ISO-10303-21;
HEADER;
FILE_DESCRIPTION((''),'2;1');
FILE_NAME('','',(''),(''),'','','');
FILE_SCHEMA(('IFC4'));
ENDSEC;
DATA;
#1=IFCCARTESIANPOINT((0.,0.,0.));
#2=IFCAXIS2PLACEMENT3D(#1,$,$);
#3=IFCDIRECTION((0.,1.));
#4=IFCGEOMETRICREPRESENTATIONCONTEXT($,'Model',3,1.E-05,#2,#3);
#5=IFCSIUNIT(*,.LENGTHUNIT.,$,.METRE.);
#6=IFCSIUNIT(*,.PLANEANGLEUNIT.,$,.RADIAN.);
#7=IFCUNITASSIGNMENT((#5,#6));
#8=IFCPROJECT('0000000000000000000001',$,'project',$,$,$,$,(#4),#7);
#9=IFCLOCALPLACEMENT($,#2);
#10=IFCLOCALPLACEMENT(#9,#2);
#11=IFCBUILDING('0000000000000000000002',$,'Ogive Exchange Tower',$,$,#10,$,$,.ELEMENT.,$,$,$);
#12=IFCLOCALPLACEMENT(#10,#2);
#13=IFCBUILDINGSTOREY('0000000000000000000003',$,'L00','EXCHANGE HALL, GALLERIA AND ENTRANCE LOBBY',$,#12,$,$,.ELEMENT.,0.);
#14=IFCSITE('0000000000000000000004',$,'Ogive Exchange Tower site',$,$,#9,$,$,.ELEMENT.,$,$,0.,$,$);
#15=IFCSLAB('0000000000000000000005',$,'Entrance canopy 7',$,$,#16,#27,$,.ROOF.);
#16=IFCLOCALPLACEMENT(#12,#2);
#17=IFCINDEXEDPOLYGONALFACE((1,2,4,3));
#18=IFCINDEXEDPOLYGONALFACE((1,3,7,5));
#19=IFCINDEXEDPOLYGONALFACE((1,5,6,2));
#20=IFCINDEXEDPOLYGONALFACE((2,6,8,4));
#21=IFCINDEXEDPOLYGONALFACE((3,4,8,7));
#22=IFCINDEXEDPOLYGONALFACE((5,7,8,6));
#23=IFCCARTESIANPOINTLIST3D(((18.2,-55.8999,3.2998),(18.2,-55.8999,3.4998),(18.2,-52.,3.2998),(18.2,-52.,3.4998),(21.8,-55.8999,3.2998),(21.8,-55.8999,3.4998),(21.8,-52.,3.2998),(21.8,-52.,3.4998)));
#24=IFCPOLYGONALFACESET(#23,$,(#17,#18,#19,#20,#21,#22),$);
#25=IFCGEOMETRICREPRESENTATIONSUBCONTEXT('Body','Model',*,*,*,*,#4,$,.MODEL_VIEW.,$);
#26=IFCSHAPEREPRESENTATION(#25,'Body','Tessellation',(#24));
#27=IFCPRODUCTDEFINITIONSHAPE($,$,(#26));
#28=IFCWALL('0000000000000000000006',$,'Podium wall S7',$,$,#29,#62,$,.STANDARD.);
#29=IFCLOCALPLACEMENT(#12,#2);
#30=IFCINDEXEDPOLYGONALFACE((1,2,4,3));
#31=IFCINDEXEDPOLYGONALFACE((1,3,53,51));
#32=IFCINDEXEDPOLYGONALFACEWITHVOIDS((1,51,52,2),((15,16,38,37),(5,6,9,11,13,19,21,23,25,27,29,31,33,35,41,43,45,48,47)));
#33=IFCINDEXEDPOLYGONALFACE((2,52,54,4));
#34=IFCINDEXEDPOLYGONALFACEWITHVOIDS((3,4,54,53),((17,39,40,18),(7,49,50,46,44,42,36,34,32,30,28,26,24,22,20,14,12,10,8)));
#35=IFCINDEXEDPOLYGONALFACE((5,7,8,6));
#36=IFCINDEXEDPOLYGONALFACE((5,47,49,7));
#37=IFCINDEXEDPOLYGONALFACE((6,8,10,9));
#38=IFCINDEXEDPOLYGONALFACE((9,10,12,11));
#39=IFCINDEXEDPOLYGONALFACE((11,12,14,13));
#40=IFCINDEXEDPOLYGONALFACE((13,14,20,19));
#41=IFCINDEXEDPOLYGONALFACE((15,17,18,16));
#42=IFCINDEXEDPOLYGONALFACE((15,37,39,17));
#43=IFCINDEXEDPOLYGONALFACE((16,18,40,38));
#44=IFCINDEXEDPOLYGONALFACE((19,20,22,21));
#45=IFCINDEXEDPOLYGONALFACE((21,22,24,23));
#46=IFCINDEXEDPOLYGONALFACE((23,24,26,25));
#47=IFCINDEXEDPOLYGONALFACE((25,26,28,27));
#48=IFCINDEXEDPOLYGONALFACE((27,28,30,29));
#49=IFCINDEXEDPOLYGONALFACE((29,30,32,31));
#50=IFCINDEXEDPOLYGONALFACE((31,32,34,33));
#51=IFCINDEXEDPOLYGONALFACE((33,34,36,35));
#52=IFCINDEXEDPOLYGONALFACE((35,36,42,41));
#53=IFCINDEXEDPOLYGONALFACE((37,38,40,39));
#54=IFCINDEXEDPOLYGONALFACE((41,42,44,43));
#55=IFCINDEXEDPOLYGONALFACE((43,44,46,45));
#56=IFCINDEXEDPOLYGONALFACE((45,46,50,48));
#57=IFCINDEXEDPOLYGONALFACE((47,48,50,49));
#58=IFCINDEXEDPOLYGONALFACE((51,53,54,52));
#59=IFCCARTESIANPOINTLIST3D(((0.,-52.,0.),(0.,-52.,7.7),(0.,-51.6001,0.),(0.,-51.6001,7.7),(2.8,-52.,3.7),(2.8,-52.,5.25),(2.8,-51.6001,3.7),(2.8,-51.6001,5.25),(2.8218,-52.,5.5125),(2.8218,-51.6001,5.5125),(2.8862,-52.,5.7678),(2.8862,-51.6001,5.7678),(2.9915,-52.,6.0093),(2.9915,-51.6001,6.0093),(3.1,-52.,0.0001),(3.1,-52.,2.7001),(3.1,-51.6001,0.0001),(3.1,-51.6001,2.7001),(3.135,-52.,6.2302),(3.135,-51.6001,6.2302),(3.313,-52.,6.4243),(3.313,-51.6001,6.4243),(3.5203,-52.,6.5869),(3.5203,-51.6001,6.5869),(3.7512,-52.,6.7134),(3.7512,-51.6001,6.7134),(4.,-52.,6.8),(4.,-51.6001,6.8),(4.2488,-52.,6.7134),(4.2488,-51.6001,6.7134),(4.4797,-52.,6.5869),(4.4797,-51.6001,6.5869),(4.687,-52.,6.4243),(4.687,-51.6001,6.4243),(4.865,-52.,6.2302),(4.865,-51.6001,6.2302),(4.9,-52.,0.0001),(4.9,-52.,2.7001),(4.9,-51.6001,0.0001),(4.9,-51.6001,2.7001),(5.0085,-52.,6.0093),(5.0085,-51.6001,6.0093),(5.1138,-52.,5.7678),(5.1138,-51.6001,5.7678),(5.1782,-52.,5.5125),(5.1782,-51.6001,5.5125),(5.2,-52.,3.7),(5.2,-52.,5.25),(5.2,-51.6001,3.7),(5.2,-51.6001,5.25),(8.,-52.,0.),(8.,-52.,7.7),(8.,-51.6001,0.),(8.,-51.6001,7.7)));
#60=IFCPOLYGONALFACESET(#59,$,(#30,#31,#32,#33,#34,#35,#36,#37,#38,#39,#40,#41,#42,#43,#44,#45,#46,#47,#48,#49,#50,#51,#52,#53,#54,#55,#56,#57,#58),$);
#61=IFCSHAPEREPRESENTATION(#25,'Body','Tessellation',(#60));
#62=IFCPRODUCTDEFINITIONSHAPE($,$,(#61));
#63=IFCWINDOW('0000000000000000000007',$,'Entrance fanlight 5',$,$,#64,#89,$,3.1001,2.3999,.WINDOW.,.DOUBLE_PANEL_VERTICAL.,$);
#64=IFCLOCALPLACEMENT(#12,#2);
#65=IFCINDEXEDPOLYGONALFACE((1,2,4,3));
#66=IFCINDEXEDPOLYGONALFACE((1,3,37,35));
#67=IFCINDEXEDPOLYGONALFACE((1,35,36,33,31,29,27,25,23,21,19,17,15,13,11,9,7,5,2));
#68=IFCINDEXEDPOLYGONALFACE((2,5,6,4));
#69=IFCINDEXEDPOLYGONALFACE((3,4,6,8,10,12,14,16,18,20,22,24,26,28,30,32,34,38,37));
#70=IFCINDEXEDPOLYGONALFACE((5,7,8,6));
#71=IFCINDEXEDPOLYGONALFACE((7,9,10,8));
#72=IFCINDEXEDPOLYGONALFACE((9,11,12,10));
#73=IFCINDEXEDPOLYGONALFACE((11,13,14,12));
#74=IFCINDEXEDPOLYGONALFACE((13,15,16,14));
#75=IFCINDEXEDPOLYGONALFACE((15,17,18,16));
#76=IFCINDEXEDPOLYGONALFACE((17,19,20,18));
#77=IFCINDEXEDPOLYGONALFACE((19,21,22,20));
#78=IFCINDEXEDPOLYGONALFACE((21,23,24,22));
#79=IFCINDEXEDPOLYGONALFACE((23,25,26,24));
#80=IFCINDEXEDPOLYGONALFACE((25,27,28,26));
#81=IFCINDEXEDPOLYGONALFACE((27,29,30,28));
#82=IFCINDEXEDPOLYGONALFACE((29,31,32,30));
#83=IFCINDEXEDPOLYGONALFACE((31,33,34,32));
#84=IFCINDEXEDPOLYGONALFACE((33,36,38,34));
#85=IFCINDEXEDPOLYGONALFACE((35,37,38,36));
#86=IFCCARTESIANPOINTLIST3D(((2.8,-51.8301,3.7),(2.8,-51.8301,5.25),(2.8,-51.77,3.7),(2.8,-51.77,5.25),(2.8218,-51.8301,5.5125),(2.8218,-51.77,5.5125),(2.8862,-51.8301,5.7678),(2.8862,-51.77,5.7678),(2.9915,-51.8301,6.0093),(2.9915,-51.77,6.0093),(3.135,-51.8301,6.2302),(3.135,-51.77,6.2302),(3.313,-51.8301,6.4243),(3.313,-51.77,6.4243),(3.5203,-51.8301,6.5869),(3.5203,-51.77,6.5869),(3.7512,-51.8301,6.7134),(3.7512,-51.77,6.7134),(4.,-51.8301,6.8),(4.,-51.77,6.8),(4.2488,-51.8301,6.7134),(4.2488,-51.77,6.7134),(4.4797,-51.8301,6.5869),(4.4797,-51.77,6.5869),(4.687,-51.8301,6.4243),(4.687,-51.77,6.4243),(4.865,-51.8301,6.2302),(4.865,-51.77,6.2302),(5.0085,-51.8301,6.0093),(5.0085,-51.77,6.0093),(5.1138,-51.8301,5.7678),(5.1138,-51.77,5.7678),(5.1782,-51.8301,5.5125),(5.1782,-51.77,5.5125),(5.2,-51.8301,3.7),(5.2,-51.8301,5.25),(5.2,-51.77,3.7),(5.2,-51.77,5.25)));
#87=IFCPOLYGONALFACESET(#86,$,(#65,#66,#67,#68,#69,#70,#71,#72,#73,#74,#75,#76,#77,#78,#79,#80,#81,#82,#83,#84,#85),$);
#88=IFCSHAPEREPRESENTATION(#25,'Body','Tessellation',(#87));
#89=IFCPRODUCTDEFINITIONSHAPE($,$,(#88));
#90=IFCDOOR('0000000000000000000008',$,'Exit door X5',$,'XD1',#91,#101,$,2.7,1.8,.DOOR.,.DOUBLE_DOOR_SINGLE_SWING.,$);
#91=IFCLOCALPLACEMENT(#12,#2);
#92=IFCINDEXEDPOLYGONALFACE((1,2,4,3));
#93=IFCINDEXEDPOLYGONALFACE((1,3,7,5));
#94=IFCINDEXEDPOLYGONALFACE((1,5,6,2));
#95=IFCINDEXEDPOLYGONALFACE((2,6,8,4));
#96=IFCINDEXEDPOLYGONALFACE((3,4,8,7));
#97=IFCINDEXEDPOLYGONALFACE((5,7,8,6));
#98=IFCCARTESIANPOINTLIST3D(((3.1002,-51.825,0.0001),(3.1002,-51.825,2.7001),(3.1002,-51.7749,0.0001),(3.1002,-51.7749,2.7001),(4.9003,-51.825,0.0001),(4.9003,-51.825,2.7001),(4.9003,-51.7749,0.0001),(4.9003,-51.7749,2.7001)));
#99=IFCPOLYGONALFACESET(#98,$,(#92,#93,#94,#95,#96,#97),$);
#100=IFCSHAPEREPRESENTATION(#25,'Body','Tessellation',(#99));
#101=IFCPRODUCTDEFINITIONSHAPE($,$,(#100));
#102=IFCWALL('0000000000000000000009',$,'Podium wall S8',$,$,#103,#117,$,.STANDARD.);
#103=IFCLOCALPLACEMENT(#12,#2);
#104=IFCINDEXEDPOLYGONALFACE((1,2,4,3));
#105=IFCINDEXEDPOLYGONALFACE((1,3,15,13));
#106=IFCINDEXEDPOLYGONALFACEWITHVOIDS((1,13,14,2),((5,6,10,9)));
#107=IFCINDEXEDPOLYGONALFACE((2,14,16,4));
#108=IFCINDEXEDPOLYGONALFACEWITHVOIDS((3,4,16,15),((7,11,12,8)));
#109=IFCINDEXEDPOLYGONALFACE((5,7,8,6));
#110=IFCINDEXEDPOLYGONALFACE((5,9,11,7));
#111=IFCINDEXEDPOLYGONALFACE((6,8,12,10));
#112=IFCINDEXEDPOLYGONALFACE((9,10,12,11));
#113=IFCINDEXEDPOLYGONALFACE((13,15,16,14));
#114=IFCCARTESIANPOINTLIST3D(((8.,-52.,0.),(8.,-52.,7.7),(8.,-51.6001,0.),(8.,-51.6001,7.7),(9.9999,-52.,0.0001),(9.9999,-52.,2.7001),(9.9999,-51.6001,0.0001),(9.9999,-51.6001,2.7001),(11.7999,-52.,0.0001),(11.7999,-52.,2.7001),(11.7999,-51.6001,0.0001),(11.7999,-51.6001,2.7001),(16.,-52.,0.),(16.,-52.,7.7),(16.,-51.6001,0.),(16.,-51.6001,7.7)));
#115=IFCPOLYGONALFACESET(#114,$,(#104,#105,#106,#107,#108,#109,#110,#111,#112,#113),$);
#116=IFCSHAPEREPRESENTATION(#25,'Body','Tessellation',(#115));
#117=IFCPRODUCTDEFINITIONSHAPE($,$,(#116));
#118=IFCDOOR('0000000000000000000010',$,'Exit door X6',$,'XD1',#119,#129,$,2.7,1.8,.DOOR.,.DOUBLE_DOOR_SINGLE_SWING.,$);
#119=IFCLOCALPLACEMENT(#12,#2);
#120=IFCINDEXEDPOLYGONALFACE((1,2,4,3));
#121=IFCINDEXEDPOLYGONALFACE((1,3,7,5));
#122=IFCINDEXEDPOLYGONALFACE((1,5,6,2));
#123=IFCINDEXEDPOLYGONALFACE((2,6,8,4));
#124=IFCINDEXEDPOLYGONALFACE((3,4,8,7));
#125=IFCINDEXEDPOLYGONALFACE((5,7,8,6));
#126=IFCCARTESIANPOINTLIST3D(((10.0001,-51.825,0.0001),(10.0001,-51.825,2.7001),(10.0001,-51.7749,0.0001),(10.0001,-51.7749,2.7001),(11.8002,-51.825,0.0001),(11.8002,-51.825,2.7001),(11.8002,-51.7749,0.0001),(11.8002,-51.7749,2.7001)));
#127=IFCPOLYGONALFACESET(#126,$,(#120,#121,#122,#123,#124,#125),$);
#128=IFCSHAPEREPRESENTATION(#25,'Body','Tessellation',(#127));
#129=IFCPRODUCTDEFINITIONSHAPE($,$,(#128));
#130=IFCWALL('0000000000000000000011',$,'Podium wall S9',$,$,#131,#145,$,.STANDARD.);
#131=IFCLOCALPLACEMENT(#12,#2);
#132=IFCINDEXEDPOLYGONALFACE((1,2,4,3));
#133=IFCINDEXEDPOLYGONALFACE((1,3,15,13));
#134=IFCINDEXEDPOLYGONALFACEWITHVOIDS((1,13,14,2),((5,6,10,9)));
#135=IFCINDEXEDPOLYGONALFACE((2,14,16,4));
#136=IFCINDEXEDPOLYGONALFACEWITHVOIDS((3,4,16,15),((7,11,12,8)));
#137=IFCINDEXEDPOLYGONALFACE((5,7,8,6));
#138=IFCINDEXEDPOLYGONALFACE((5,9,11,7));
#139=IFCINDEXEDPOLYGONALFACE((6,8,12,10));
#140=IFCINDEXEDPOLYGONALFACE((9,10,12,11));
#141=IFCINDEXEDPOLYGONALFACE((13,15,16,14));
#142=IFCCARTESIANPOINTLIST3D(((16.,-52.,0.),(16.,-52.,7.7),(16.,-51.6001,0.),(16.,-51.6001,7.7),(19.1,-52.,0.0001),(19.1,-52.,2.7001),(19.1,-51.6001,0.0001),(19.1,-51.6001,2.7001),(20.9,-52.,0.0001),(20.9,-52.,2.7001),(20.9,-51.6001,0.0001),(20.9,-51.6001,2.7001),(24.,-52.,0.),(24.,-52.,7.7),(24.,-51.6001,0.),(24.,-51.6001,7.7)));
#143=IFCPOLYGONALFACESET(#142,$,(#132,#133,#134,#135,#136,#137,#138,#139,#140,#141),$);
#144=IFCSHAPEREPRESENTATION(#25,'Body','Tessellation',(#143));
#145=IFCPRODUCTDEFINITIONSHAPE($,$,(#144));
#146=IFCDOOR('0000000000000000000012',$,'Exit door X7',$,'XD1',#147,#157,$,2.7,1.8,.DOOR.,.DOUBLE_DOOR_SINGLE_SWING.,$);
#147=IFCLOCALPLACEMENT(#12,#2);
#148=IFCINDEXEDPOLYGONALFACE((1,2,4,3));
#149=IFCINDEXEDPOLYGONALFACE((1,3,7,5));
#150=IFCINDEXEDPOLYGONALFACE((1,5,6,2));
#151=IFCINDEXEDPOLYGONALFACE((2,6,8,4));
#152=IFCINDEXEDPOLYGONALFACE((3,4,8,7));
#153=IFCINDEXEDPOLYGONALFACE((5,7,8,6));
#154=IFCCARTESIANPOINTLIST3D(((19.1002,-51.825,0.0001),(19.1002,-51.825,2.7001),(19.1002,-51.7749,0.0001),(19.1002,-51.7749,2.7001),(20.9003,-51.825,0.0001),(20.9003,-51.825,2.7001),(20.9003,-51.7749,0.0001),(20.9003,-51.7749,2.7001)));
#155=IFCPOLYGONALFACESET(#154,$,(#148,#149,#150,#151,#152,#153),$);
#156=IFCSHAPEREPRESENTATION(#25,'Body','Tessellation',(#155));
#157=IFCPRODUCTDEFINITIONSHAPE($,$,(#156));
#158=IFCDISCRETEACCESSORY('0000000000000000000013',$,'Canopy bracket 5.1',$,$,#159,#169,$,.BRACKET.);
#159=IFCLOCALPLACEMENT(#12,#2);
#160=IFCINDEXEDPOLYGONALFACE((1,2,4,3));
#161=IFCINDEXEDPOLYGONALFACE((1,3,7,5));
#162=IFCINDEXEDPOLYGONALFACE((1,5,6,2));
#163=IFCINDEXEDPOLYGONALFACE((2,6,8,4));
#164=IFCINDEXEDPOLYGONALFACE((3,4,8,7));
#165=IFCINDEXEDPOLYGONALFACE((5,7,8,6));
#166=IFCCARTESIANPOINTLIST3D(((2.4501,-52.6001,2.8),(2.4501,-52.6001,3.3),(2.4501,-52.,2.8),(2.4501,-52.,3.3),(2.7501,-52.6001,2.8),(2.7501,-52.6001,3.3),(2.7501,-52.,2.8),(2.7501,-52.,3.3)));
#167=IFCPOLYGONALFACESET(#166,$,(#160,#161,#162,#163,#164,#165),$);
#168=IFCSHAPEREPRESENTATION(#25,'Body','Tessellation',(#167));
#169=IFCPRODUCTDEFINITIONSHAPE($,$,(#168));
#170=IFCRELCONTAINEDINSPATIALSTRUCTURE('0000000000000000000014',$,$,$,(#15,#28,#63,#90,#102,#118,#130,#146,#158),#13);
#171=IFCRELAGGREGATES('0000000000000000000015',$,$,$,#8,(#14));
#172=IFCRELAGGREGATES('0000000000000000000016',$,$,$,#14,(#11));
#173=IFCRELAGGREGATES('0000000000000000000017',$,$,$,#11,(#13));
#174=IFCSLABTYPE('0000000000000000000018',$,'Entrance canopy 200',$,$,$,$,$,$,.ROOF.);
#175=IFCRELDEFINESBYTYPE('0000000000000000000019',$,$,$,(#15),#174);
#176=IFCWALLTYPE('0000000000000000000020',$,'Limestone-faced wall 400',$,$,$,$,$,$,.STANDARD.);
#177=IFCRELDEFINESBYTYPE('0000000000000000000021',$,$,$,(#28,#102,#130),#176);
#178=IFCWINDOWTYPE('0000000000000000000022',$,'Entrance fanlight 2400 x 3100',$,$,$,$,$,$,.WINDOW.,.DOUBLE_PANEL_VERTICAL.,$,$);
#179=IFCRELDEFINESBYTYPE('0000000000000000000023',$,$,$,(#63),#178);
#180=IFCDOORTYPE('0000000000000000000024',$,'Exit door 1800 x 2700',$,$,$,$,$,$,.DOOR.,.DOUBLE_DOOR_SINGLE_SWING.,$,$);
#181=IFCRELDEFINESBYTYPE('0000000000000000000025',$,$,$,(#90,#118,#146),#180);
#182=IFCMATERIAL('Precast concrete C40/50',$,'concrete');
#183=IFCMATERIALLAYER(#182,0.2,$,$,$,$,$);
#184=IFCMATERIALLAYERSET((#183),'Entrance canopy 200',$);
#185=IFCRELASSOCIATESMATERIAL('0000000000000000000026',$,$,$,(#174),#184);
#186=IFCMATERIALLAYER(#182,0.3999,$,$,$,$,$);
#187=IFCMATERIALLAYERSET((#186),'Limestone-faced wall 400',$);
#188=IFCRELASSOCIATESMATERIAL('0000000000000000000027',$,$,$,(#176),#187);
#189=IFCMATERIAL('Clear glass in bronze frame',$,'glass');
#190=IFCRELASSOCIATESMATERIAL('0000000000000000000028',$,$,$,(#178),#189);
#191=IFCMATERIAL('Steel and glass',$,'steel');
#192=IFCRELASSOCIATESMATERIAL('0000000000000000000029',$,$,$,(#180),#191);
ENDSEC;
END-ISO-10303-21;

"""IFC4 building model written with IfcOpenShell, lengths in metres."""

from ifc_helpers import new_model, si_unit, direction, frame, frame_2d, origin, origin_2d, place, context, subcontext, project, spatial, polyline, rectangle, outline, extrude, material, layer, layer_set, type_object, element, fill, save


model = new_model("IFC4")

# Units and contexts
model_context = context("Model", 3, precision=1e-05, world=origin(), true_north=direction((0.0, 1.0)))
body_context = subcontext(model_context, "Body", "Model", "MODEL_VIEW")
ifc_project = project(units=[si_unit("LENGTHUNIT", "METRE"), si_unit("PLANEANGLEUNIT", "RADIAN")], contexts=[model_context])

# Site, building, storey
site_placement = place(None, origin())
site = spatial("IfcSite", under=ifc_project, at=site_placement, Name="Ogive Exchange Tower site", CompositionType="ELEMENT", RefElevation=0.0)
building_placement = place(site_placement, origin())
building = spatial("IfcBuilding", under=site, at=building_placement, Name="Ogive Exchange Tower", CompositionType="ELEMENT")
storey_placement = place(building_placement, origin())
storey = spatial("IfcBuildingStorey", under=building, at=storey_placement, Name="L00", Description="EXCHANGE HALL, GALLERIA AND ENTRANCE LOBBY", CompositionType="ELEMENT", Elevation=0.0)

# Slab
ifc_material_1 = material(Name="Precast concrete C40/50", Category="concrete")
ifc_layer_1 = layer(ifc_material_1, 0.2)
ifc_layer_set_1 = layer_set([ifc_layer_1], Name="Entrance canopy 200")
slab_type = type_object("IfcSlabType", Name="Entrance canopy 200", PredefinedType="ROOF", material=ifc_layer_set_1)
for number, where, z_axis, x_axis, name in (
    (1, (20.0, -53.95, 3.2998), (0.0, 0.0, 1.0), (1.0, 0.0, 0.0), "Entrance canopy 7"),
):
    element("IfcSlab", number, at=place(storey_placement, frame(where, z_axis=z_axis, x_axis=x_axis)), inside=storey, type_object=slab_type, Name=name, PredefinedType="ROOF", context=body_context, shape_type="SweptSolid", body=[
        extrude(rectangle(XDim=3.6001, YDim=3.8999, at=origin_2d()), origin(), (0.0, 0.0, 1.0), 0.2),
    ])

# Wall, openings, window, door
ifc_layer_2 = layer(ifc_material_1, 0.3999)
ifc_layer_set_2 = layer_set([ifc_layer_2], Name="Limestone-faced wall 400")
wall_type = type_object("IfcWallType", Name="Limestone-faced wall 400", PredefinedType="STANDARD", material=ifc_layer_set_2)
wall_1_placement = place(storey_placement, frame((0.0, -51.8, 0.0), z_axis=(0.0, 0.0, 1.0), x_axis=(1.0, 0.0, 0.0)))
wall_1 = element("IfcWall", 2, at=wall_1_placement, inside=storey, type_object=wall_type, Name="Podium wall S7", PredefinedType="STANDARD", context=body_context, shape_type="SweptSolid", body=[
    extrude(rectangle(XDim=8.0, YDim=0.3999, at=frame_2d((4.0, 0.0))), origin(), (0.0, 0.0, 1.0), 7.7),
])
opening_1_placement = place(wall_1_placement, frame((3.1001, 0.0, 0.0)))
opening_1 = element("IfcOpeningElement", 3, at=opening_1_placement, cuts=wall_1, PredefinedType="OPENING", context=body_context, shape_type="SweptSolid", body=[
    extrude(rectangle(XDim=1.8, YDim=2.7, at=frame_2d((0.8999, 1.3501))), frame((0.0, 0.21, 0.0), z_axis=(0.0, -1.0, 0.0), x_axis=(1.0, 0.0, 0.0)), (0.0, 0.0, 1.0), 0.4199),
])
opening_2_placement = place(wall_1_placement, frame((2.8, 0.0, 3.7)))
opening_2 = element("IfcOpeningElement", 4, at=opening_2_placement, cuts=wall_1, PredefinedType="OPENING", context=body_context, shape_type="SweptSolid", body=[
    extrude(outline(polyline([(0.0, 0.0), (2.3999, 0.0), (2.3999, 1.55), (2.3782, 1.8125), (2.3137, 2.0679), (2.2085, 2.3093), (2.0649, 2.5303), (1.887, 2.7244), (1.6797, 2.887), (1.4487, 3.0134), (1.2, 3.1001), (0.9512, 3.0134), (0.7202, 2.887), (0.5129, 2.7244), (0.335, 2.5303), (0.1914, 2.3093), (0.0862, 2.0679), (0.0217, 1.8125), (0.0, 1.55), (0.0, 0.0)])), frame((0.0, 0.21, 0.0), z_axis=(0.0, -1.0, 0.0), x_axis=(1.0, 0.0, 0.0)), (0.0, 0.0, 1.0), 0.4199),
])
ifc_material_2 = material(Name="Clear glass in bronze frame", Category="glass")
window_type = type_object("IfcWindowType", Name="Entrance fanlight 2400 x 3100", PartitioningType="DOUBLE_PANEL_VERTICAL", PredefinedType="WINDOW", material=ifc_material_2)
window_placement = place(opening_2_placement, origin())
window = element("IfcWindow", 5, at=window_placement, inside=storey, type_object=window_type, Name="Entrance fanlight 5", OverallHeight=3.1001, OverallWidth=2.3999, PartitioningType="DOUBLE_PANEL_VERTICAL", PredefinedType="WINDOW", context=body_context, shape_type="SweptSolid", body=[
    extrude(outline(polyline([(0.0, 0.0), (2.3999, 0.0), (2.3999, 1.55), (2.3782, 1.8125), (2.3137, 2.0679), (2.2085, 2.3093), (2.0649, 2.5303), (1.887, 2.7244), (1.6797, 2.887), (1.4487, 3.0134), (1.2, 3.1001), (0.9512, 3.0134), (0.7202, 2.887), (0.5129, 2.7244), (0.335, 2.5303), (0.1914, 2.3093), (0.0862, 2.0679), (0.0217, 1.8125), (0.0, 1.55), (0.0, 0.0)])), frame((0.0, 0.03, 0.0), z_axis=(0.0, -1.0, 0.0), x_axis=(1.0, 0.0, 0.0)), (0.0, 0.0, 1.0), 0.0601),
])
fill(opening_2, window)
ifc_material_3 = material(Name="Steel and glass", Category="steel")
door_type = type_object("IfcDoorType", Name="Exit door 1800 x 2700", OperationType="DOUBLE_DOOR_SINGLE_SWING", PredefinedType="DOOR", material=ifc_material_3)
door_1_placement = place(opening_1_placement, frame((1.8, 0.0, 0.0), z_axis=(0.0, 0.0, 1.0), x_axis=(-1.0, 0.0, 0.0)))
door_1 = element("IfcDoor", 6, at=door_1_placement, inside=storey, type_object=door_type, Name="Exit door X5", ObjectType="XD1", OperationType="DOUBLE_DOOR_SINGLE_SWING", OverallHeight=2.7, OverallWidth=1.8, PredefinedType="DOOR", context=body_context, shape_type="SweptSolid", body=[
    extrude(rectangle(XDim=1.8, YDim=2.7, at=frame_2d((0.8999, 1.3501))), frame((0.0, 0.0249, 0.0), z_axis=(0.0, -1.0, 0.0), x_axis=(1.0, 0.0, 0.0)), (0.0, 0.0, 1.0), 0.05),
])
fill(opening_1, door_1)

# Walls, openings, doors
wall_2_placement = place(storey_placement, frame((8.0, -51.8, 0.0), z_axis=(0.0, 0.0, 1.0), x_axis=(1.0, 0.0, 0.0)))
wall_2 = element("IfcWall", 7, at=wall_2_placement, inside=storey, type_object=wall_type, Name="Podium wall S8", PredefinedType="STANDARD", context=body_context, shape_type="SweptSolid", body=[
    extrude(rectangle(XDim=8.0, YDim=0.3999, at=frame_2d((4.0, 0.0))), origin(), (0.0, 0.0, 1.0), 7.7),
])
opening_3_placement = place(wall_2_placement, frame((2.0, 0.0, 0.0)))
opening_3 = element("IfcOpeningElement", 8, at=opening_3_placement, cuts=wall_2, PredefinedType="OPENING", context=body_context, shape_type="SweptSolid", body=[
    extrude(rectangle(XDim=1.8, YDim=2.7, at=frame_2d((0.8999, 1.3501))), frame((0.0, 0.21, 0.0), z_axis=(0.0, -1.0, 0.0), x_axis=(1.0, 0.0, 0.0)), (0.0, 0.0, 1.0), 0.4199),
])
door_2_placement = place(opening_3_placement, frame((1.8, 0.0, 0.0), z_axis=(0.0, 0.0, 1.0), x_axis=(-1.0, 0.0, 0.0)))
door_2 = element("IfcDoor", 9, at=door_2_placement, inside=storey, type_object=door_type, Name="Exit door X6", ObjectType="XD1", OperationType="DOUBLE_DOOR_SINGLE_SWING", OverallHeight=2.7, OverallWidth=1.8, PredefinedType="DOOR", context=body_context, shape_type="SweptSolid", body=[
    extrude(rectangle(XDim=1.8, YDim=2.7, at=frame_2d((0.8999, 1.3501))), frame((0.0, 0.0249, 0.0), z_axis=(0.0, -1.0, 0.0), x_axis=(1.0, 0.0, 0.0)), (0.0, 0.0, 1.0), 0.05),
])
fill(opening_3, door_2)
wall_3_placement = place(storey_placement, frame((16.0, -51.8, 0.0), z_axis=(0.0, 0.0, 1.0), x_axis=(1.0, 0.0, 0.0)))
wall_3 = element("IfcWall", 10, at=wall_3_placement, inside=storey, type_object=wall_type, Name="Podium wall S9", PredefinedType="STANDARD", context=body_context, shape_type="SweptSolid", body=[
    extrude(rectangle(XDim=8.0, YDim=0.3999, at=frame_2d((4.0, 0.0))), origin(), (0.0, 0.0, 1.0), 7.7),
])
opening_4_placement = place(wall_3_placement, frame((3.1001, 0.0, 0.0)))
opening_4 = element("IfcOpeningElement", 11, at=opening_4_placement, cuts=wall_3, PredefinedType="OPENING", context=body_context, shape_type="SweptSolid", body=[
    extrude(rectangle(XDim=1.8, YDim=2.7, at=frame_2d((0.8999, 1.3501))), frame((0.0, 0.21, 0.0), z_axis=(0.0, -1.0, 0.0), x_axis=(1.0, 0.0, 0.0)), (0.0, 0.0, 1.0), 0.4199),
])
door_3_placement = place(opening_4_placement, frame((1.8, 0.0, 0.0), z_axis=(0.0, 0.0, 1.0), x_axis=(-1.0, 0.0, 0.0)))
door_3 = element("IfcDoor", 12, at=door_3_placement, inside=storey, type_object=door_type, Name="Exit door X7", ObjectType="XD1", OperationType="DOUBLE_DOOR_SINGLE_SWING", OverallHeight=2.7, OverallWidth=1.8, PredefinedType="DOOR", context=body_context, shape_type="SweptSolid", body=[
    extrude(rectangle(XDim=1.8, YDim=2.7, at=frame_2d((0.8999, 1.3501))), frame((0.0, 0.0249, 0.0), z_axis=(0.0, -1.0, 0.0), x_axis=(1.0, 0.0, 0.0)), (0.0, 0.0, 1.0), 0.05),
])
fill(opening_4, door_3)

# Discrete accessory
for number, where, z_axis, x_axis, name in (
    (13, (2.6001, -52.3, 2.8), (0.0, 0.0, 1.0), (1.0, 0.0, 0.0), "Canopy bracket 5.1"),
):
    element("IfcDiscreteAccessory", number, at=place(storey_placement, frame(where, z_axis=z_axis, x_axis=x_axis)), inside=storey, Name=name, PredefinedType="BRACKET", context=body_context, shape_type="SweptSolid", body=[
        extrude(rectangle(XDim=0.3, YDim=0.6001, at=origin_2d()), origin(), (0.0, 0.0, 1.0), 0.5),
    ])

save(model, "model.ifc")
